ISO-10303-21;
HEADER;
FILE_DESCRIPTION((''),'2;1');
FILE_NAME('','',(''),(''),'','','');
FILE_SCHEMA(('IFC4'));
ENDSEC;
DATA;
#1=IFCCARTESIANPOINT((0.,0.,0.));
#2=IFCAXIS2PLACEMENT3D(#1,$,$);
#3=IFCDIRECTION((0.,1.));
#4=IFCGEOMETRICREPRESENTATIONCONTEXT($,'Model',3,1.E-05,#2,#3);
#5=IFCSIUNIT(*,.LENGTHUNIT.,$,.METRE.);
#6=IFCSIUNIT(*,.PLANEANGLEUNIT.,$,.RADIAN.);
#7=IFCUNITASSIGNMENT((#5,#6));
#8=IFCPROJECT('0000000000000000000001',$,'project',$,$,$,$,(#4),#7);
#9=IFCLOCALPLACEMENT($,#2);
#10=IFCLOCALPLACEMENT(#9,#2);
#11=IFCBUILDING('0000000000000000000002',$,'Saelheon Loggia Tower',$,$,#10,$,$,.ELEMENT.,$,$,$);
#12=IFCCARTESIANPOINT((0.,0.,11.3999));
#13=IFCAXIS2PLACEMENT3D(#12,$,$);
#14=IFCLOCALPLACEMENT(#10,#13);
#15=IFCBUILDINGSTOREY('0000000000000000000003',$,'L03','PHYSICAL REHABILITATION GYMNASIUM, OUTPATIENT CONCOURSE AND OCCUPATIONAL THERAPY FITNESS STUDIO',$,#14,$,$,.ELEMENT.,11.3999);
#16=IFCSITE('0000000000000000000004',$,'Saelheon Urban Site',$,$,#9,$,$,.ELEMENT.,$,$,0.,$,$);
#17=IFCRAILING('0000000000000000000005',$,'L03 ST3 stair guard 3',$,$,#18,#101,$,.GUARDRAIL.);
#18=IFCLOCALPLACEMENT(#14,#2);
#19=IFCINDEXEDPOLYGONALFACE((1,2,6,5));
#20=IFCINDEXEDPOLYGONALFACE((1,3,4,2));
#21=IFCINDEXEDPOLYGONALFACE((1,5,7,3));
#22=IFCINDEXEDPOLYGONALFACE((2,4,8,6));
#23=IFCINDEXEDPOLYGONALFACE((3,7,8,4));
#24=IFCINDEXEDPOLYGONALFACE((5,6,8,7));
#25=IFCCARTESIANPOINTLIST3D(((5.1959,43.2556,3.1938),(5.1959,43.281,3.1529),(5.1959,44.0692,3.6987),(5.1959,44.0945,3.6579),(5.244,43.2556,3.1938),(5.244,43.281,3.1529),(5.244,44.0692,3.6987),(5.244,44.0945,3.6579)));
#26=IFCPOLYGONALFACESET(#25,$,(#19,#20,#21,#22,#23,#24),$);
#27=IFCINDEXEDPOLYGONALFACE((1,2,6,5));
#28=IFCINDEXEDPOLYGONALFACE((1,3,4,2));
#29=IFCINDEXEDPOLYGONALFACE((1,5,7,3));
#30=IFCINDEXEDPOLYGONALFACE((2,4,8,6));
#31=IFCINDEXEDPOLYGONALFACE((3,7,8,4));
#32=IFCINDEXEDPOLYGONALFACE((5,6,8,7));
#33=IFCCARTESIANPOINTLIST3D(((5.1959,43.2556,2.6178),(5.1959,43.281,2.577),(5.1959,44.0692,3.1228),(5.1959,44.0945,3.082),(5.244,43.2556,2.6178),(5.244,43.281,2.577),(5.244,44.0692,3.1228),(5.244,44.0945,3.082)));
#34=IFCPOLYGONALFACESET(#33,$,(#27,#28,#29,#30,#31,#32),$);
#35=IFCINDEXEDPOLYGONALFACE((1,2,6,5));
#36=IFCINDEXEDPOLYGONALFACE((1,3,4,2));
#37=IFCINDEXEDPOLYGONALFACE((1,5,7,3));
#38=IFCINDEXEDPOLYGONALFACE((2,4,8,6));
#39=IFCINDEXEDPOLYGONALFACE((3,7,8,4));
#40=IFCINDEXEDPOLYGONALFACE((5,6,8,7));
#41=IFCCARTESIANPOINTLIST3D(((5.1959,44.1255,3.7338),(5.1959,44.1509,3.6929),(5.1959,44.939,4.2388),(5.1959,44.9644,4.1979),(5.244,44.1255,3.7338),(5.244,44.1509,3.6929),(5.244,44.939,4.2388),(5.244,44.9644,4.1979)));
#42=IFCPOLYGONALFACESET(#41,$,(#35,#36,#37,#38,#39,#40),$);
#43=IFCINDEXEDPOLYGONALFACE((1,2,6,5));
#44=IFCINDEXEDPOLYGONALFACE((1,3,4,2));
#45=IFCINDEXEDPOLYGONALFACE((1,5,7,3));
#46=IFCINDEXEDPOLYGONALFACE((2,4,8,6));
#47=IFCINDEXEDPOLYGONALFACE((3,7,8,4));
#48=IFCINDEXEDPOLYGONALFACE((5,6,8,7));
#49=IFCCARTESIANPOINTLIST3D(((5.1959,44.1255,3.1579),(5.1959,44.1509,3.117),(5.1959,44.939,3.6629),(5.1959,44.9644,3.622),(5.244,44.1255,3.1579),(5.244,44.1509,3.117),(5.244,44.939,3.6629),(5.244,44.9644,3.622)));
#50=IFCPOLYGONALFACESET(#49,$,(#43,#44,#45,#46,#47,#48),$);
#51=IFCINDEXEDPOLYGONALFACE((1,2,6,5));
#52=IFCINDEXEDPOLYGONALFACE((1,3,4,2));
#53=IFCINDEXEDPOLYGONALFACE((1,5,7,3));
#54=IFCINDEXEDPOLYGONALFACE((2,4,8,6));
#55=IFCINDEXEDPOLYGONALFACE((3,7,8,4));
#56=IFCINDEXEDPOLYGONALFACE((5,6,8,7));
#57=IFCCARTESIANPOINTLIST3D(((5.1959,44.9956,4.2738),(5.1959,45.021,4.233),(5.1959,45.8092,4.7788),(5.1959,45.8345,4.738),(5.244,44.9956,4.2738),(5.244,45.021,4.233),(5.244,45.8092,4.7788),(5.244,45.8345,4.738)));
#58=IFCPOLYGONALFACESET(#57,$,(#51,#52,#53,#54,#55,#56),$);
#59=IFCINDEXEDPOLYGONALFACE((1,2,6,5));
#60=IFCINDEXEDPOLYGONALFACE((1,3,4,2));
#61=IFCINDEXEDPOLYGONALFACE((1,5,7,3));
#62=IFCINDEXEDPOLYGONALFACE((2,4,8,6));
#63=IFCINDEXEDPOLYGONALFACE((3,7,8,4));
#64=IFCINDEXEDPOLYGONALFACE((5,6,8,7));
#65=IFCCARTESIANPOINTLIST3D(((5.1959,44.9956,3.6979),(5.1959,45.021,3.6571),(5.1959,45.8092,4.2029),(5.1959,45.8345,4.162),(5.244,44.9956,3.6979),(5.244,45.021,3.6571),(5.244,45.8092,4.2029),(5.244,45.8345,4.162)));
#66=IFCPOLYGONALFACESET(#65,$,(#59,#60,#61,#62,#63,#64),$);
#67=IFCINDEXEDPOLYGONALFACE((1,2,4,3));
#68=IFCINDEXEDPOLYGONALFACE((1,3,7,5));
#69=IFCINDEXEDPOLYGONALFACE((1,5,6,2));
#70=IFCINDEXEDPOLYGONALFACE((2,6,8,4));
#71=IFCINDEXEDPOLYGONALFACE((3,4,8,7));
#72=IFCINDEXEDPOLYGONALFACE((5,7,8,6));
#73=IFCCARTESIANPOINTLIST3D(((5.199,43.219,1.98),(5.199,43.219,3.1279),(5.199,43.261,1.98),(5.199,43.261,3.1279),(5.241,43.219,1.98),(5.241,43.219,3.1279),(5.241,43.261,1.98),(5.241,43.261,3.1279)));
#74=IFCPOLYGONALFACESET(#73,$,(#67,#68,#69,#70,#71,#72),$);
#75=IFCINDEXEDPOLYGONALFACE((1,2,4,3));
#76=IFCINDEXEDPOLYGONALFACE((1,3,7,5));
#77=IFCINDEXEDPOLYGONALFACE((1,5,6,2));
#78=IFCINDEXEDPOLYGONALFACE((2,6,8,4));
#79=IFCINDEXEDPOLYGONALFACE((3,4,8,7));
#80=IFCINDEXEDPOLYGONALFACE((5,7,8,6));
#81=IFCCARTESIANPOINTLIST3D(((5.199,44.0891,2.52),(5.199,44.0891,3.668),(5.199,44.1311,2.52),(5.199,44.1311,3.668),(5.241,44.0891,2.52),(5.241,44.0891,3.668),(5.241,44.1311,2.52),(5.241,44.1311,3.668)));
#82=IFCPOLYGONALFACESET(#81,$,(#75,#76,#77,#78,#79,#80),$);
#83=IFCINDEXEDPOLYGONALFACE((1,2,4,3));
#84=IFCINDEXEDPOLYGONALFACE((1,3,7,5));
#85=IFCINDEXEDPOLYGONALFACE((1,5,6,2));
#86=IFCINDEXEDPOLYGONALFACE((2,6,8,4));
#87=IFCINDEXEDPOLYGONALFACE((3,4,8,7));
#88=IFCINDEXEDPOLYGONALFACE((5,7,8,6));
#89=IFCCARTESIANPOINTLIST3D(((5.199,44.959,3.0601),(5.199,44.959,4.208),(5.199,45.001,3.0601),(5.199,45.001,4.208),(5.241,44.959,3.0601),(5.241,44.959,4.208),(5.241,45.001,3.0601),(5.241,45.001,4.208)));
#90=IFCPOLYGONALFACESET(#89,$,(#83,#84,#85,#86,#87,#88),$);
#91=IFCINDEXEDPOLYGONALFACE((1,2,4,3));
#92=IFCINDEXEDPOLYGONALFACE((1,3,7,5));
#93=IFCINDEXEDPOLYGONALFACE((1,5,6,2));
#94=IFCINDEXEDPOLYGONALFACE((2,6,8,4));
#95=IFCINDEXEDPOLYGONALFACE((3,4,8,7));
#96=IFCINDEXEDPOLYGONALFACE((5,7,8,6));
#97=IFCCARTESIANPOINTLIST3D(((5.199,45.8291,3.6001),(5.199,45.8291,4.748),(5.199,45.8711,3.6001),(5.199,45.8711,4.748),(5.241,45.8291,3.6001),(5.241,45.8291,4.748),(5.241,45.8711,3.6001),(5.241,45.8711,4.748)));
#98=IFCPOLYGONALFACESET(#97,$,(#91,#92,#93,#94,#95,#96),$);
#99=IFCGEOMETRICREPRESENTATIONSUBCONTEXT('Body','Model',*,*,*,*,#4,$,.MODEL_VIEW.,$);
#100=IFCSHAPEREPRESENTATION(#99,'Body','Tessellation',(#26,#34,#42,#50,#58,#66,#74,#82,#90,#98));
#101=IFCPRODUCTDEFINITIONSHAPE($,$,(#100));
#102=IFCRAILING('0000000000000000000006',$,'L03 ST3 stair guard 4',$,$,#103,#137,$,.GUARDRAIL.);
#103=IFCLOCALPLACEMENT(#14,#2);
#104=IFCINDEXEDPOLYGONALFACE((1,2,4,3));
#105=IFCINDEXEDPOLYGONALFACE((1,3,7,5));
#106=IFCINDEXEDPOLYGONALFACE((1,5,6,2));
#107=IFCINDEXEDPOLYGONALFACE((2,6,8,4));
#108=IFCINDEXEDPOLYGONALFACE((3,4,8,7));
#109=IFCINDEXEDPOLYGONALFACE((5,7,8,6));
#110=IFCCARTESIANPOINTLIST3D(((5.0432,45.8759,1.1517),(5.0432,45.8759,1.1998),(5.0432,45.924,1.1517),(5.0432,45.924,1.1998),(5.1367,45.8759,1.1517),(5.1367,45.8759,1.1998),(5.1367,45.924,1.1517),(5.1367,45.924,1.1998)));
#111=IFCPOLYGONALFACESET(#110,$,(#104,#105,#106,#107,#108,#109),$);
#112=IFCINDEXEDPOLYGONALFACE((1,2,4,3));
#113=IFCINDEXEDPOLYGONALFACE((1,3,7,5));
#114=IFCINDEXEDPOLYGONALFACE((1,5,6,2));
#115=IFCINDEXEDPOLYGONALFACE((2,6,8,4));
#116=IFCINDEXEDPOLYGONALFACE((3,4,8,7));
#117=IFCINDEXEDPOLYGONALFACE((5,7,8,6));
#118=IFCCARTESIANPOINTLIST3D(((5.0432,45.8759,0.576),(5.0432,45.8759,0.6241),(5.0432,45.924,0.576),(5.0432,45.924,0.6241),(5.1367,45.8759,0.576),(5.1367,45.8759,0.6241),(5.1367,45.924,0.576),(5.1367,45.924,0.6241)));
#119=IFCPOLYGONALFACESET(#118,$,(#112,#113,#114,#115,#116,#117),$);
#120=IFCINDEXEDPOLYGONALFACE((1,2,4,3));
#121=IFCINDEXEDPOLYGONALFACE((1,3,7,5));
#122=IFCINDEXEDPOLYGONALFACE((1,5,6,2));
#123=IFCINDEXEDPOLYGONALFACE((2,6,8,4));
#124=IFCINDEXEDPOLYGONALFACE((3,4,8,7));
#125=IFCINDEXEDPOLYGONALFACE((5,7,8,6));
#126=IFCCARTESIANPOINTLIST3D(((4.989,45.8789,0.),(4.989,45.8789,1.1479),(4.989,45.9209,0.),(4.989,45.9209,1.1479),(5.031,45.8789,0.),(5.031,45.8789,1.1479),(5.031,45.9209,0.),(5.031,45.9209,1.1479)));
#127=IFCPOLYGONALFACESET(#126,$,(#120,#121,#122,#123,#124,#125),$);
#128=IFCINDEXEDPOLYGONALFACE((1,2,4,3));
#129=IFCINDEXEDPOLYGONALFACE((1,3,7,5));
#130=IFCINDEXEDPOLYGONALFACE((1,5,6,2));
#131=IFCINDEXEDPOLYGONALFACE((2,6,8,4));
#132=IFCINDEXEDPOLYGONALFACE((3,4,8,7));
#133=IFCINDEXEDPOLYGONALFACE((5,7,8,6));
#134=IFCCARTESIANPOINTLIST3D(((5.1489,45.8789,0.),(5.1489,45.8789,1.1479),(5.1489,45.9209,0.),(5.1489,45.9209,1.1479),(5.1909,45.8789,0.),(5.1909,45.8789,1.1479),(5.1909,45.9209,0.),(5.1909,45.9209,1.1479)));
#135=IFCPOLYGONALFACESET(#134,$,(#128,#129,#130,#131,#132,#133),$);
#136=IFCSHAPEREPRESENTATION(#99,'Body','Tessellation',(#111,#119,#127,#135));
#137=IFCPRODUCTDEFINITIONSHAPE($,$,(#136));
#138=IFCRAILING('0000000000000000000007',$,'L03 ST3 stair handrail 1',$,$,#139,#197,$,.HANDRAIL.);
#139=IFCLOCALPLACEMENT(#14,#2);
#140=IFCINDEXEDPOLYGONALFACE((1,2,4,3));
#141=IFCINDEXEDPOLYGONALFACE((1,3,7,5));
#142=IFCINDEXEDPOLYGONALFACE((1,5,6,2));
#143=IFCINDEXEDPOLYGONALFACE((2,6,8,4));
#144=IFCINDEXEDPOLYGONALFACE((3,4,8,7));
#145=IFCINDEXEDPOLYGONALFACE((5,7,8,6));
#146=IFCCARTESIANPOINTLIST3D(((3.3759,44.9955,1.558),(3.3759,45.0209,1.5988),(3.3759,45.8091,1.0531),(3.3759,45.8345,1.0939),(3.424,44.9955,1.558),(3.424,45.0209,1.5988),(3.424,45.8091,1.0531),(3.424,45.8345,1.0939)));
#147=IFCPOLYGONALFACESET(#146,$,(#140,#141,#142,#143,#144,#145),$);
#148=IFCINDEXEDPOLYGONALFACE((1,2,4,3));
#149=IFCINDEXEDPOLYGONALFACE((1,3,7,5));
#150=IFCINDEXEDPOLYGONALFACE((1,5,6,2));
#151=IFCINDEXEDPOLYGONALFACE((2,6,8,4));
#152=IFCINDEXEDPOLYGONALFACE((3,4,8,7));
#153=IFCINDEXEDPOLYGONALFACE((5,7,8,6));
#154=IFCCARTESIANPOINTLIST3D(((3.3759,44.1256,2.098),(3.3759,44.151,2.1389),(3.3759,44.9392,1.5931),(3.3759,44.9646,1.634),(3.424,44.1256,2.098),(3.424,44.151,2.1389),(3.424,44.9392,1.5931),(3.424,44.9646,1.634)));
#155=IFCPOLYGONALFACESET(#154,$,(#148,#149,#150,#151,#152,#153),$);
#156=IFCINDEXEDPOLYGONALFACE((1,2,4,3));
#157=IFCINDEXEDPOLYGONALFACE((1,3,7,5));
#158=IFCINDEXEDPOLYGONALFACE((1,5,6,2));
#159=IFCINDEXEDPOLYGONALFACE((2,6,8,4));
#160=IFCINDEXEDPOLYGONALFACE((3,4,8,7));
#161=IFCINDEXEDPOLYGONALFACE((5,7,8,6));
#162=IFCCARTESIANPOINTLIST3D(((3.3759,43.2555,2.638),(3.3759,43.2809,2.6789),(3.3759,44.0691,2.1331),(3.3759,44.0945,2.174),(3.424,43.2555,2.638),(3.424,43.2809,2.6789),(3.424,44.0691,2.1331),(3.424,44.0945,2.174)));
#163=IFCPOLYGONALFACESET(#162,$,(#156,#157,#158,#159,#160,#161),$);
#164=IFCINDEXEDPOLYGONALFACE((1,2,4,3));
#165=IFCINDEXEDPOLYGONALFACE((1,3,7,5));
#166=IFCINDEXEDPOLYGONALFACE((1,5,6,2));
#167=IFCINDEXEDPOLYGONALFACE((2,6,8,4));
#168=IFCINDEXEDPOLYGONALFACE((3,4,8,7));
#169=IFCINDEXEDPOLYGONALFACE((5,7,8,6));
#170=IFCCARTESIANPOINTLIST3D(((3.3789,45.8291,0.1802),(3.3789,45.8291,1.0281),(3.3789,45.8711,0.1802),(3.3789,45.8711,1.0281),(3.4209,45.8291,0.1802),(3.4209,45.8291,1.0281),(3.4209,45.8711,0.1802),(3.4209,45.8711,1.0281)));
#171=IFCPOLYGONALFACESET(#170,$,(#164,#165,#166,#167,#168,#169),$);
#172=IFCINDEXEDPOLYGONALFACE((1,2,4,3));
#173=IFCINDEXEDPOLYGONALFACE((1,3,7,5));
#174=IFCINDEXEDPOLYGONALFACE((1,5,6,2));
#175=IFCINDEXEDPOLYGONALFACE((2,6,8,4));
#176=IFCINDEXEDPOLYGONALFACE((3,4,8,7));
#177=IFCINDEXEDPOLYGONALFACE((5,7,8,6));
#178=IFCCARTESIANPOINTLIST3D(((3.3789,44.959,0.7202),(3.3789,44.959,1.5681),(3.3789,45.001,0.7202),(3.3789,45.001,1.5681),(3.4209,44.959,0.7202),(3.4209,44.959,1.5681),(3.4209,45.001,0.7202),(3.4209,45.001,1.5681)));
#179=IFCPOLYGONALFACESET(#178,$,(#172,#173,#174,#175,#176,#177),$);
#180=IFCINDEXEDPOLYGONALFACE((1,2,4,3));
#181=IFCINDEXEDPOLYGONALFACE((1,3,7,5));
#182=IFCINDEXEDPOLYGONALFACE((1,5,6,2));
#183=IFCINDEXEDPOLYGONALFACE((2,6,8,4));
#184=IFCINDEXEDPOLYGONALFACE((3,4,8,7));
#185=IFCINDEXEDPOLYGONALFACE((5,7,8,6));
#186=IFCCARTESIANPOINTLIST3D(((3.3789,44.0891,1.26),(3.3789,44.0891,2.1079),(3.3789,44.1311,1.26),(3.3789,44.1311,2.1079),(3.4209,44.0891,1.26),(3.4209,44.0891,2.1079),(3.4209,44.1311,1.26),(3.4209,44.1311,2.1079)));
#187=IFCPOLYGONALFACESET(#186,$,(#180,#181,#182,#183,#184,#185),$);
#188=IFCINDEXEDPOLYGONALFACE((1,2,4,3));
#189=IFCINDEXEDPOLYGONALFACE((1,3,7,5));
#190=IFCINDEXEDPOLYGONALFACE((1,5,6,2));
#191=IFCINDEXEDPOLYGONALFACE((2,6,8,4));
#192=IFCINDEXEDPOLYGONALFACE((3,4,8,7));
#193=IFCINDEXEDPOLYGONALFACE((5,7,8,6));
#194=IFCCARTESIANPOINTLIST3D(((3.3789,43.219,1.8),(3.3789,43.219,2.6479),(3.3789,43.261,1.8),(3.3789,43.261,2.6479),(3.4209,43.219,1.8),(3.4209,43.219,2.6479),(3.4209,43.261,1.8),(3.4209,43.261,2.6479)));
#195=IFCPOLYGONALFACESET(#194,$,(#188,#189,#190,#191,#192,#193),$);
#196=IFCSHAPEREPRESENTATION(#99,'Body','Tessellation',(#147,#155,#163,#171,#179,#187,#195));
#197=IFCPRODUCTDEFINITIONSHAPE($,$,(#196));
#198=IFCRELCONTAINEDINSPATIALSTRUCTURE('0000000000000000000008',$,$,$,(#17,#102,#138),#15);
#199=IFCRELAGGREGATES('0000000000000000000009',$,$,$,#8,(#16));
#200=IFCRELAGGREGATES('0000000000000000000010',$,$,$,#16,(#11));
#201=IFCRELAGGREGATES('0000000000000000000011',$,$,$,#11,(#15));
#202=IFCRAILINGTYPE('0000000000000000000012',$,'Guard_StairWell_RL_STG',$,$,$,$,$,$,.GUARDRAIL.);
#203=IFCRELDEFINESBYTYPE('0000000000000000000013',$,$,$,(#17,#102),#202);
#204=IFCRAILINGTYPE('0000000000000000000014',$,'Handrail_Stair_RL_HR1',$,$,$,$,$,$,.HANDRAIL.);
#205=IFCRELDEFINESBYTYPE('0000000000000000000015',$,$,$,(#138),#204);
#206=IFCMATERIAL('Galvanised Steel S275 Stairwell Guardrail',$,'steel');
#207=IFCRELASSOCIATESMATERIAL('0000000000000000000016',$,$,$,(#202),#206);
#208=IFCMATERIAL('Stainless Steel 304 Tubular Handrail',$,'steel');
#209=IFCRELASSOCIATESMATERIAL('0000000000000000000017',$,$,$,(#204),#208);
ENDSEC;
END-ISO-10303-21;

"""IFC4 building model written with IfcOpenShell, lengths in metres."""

from ifc_helpers import new_model, si_unit, direction, frame, origin, origin_2d, place, context, subcontext, project, spatial, rectangle, extrude, material, type_object, element, save


model = new_model("IFC4")

# Units and contexts
model_context = context("Model", 3, precision=1e-05, world=origin(), true_north=direction((0.0, 1.0)))
body_context = subcontext(model_context, "Body", "Model", "MODEL_VIEW")
ifc_project = project(units=[si_unit("LENGTHUNIT", "METRE"), si_unit("PLANEANGLEUNIT", "RADIAN")], contexts=[model_context])

# Site, building, storey
site_placement = place(None, origin())
site = spatial("IfcSite", under=ifc_project, at=site_placement, Name="Saelheon Urban Site", CompositionType="ELEMENT", RefElevation=0.0)
building_placement = place(site_placement, origin())
building = spatial("IfcBuilding", under=site, at=building_placement, Name="Saelheon Loggia Tower", CompositionType="ELEMENT")
storey_placement = place(building_placement, frame((0.0, 0.0, 11.3999)))
storey = spatial("IfcBuildingStorey", under=building, at=storey_placement, Name="L03", Description="PHYSICAL REHABILITATION GYMNASIUM, OUTPATIENT CONCOURSE AND OCCUPATIONAL THERAPY FITNESS STUDIO", CompositionType="ELEMENT", Elevation=11.3999)

# Railings
ifc_material_1 = material(Name="Galvanised Steel S275 Stairwell Guardrail", Category="steel")
railing_type_1 = type_object("IfcRailingType", Name="Guard_StairWell_RL_STG", PredefinedType="GUARDRAIL", material=ifc_material_1)
railing_1_placement = place(storey_placement, frame((5.22, 43.24, 1.98)))
element("IfcRailing", 1, at=railing_1_placement, inside=storey, type_object=railing_type_1, Name="L03 ST3 stair guard 3", PredefinedType="GUARDRAIL", context=body_context, shape_type="SweptSolid", body=[
    extrude(rectangle(XDim=0.0481, YDim=0.0481, at=origin_2d()), frame((0.0, 0.0283, 1.1934), z_axis=(0.0, 0.849633, 0.527375), x_axis=(-1.0, 0.0, 0.0)), (0.0, 0.0, 1.0), 0.9575),
    extrude(rectangle(XDim=0.0481, YDim=0.0481, at=origin_2d()), frame((0.0, 0.0283, 0.6174), z_axis=(0.0, 0.849633, 0.527375), x_axis=(-1.0, 0.0, 0.0)), (0.0, 0.0, 1.0), 0.9575),
    extrude(rectangle(XDim=0.0481, YDim=0.0481, at=origin_2d()), frame((0.0, 0.8982, 1.7334), z_axis=(0.0, 0.849633, 0.527375), x_axis=(-1.0, 0.0, 0.0)), (0.0, 0.0, 1.0), 0.9575),
    extrude(rectangle(XDim=0.0481, YDim=0.0481, at=origin_2d()), frame((0.0, 0.8982, 1.1575), z_axis=(0.0, 0.849633, 0.527375), x_axis=(-1.0, 0.0, 0.0)), (0.0, 0.0, 1.0), 0.9575),
    extrude(rectangle(XDim=0.0481, YDim=0.0481, at=origin_2d()), frame((0.0, 1.7683, 2.2734), z_axis=(0.0, 0.849633, 0.527375), x_axis=(-1.0, 0.0, 0.0)), (0.0, 0.0, 1.0), 0.9575),
    extrude(rectangle(XDim=0.0481, YDim=0.0481, at=origin_2d()), frame((0.0, 1.7683, 1.6975), z_axis=(0.0, 0.849633, 0.527375), x_axis=(-1.0, 0.0, 0.0)), (0.0, 0.0, 1.0), 0.9575),
    extrude(rectangle(XDim=0.042, YDim=0.042, at=origin_2d()), origin(), (0.0, 0.0, 1.0), 1.1479),
    extrude(rectangle(XDim=0.042, YDim=0.042, at=origin_2d()), frame((0.0, 0.8701, 0.54)), (0.0, 0.0, 1.0), 1.1479),
    extrude(rectangle(XDim=0.042, YDim=0.042, at=origin_2d()), frame((0.0, 1.74, 1.0801)), (0.0, 0.0, 1.0), 1.1479),
    extrude(rectangle(XDim=0.042, YDim=0.042, at=origin_2d()), frame((0.0, 2.6101, 1.6201)), (0.0, 0.0, 1.0), 1.1479),
])
railing_2_placement = place(storey_placement, frame((5.01, 45.8999, 0.0)))
element("IfcRailing", 2, at=railing_2_placement, inside=storey, type_object=railing_type_1, Name="L03 ST3 stair guard 4", PredefinedType="GUARDRAIL", context=body_context, shape_type="SweptSolid", body=[
    extrude(rectangle(XDim=0.0481, YDim=0.0481, at=origin_2d()), frame((0.0332, 0.0, 1.1758), z_axis=(1.0, 0.0, 0.0), x_axis=(0.0, 1.0, 0.0)), (0.0, 0.0, 1.0), 0.0935),
    extrude(rectangle(XDim=0.0481, YDim=0.0481, at=origin_2d()), frame((0.0332, 0.0, 0.6001), z_axis=(1.0, 0.0, 0.0), x_axis=(0.0, 1.0, 0.0)), (0.0, 0.0, 1.0), 0.0935),
    extrude(rectangle(XDim=0.042, YDim=0.042, at=origin_2d()), origin(), (0.0, 0.0, 1.0), 1.1479),
    extrude(rectangle(XDim=0.042, YDim=0.042, at=origin_2d()), frame((0.1599, 0.0, 0.0)), (0.0, 0.0, 1.0), 1.1479),
])
ifc_material_2 = material(Name="Stainless Steel 304 Tubular Handrail", Category="steel")
railing_type_2 = type_object("IfcRailingType", Name="Handrail_Stair_RL_HR1", PredefinedType="HANDRAIL", material=ifc_material_2)
railing_3_placement = place(storey_placement, frame((3.3999, 45.8501, 0.1802)))
element("IfcRailing", 3, at=railing_3_placement, inside=storey, type_object=railing_type_2, Name="L03 ST3 stair handrail 1", PredefinedType="HANDRAIL", context=body_context, shape_type="SweptSolid", body=[
    extrude(rectangle(XDim=0.0481, YDim=0.0481, at=origin_2d()), frame((0.0, -0.0283, 0.8933), z_axis=(0.0, -0.849668, 0.527317), x_axis=(1.0, 0.0, 0.0)), (0.0, 0.0, 1.0), 0.9575),
    extrude(rectangle(XDim=0.0481, YDim=0.0481, at=origin_2d()), frame((0.0, -0.8982, 1.4333), z_axis=(0.0, -0.849668, 0.527317), x_axis=(1.0, 0.0, 0.0)), (0.0, 0.0, 1.0), 0.9575),
    extrude(rectangle(XDim=0.0481, YDim=0.0481, at=origin_2d()), frame((0.0, -1.7683, 1.9734), z_axis=(0.0, -0.849668, 0.527317), x_axis=(1.0, 0.0, 0.0)), (0.0, 0.0, 1.0), 0.9575),
    extrude(rectangle(XDim=0.042, YDim=0.042, at=origin_2d()), origin(), (0.0, 0.0, 1.0), 0.8479),
    extrude(rectangle(XDim=0.042, YDim=0.042, at=origin_2d()), frame((0.0, -0.8701, 0.54)), (0.0, 0.0, 1.0), 0.8479),
    extrude(rectangle(XDim=0.042, YDim=0.042, at=origin_2d()), frame((0.0, -1.74, 1.0798)), (0.0, 0.0, 1.0), 0.8479),
    extrude(rectangle(XDim=0.042, YDim=0.042, at=origin_2d()), frame((0.0, -2.6101, 1.6199)), (0.0, 0.0, 1.0), 0.8479),
])

save(model, "model.ifc")
